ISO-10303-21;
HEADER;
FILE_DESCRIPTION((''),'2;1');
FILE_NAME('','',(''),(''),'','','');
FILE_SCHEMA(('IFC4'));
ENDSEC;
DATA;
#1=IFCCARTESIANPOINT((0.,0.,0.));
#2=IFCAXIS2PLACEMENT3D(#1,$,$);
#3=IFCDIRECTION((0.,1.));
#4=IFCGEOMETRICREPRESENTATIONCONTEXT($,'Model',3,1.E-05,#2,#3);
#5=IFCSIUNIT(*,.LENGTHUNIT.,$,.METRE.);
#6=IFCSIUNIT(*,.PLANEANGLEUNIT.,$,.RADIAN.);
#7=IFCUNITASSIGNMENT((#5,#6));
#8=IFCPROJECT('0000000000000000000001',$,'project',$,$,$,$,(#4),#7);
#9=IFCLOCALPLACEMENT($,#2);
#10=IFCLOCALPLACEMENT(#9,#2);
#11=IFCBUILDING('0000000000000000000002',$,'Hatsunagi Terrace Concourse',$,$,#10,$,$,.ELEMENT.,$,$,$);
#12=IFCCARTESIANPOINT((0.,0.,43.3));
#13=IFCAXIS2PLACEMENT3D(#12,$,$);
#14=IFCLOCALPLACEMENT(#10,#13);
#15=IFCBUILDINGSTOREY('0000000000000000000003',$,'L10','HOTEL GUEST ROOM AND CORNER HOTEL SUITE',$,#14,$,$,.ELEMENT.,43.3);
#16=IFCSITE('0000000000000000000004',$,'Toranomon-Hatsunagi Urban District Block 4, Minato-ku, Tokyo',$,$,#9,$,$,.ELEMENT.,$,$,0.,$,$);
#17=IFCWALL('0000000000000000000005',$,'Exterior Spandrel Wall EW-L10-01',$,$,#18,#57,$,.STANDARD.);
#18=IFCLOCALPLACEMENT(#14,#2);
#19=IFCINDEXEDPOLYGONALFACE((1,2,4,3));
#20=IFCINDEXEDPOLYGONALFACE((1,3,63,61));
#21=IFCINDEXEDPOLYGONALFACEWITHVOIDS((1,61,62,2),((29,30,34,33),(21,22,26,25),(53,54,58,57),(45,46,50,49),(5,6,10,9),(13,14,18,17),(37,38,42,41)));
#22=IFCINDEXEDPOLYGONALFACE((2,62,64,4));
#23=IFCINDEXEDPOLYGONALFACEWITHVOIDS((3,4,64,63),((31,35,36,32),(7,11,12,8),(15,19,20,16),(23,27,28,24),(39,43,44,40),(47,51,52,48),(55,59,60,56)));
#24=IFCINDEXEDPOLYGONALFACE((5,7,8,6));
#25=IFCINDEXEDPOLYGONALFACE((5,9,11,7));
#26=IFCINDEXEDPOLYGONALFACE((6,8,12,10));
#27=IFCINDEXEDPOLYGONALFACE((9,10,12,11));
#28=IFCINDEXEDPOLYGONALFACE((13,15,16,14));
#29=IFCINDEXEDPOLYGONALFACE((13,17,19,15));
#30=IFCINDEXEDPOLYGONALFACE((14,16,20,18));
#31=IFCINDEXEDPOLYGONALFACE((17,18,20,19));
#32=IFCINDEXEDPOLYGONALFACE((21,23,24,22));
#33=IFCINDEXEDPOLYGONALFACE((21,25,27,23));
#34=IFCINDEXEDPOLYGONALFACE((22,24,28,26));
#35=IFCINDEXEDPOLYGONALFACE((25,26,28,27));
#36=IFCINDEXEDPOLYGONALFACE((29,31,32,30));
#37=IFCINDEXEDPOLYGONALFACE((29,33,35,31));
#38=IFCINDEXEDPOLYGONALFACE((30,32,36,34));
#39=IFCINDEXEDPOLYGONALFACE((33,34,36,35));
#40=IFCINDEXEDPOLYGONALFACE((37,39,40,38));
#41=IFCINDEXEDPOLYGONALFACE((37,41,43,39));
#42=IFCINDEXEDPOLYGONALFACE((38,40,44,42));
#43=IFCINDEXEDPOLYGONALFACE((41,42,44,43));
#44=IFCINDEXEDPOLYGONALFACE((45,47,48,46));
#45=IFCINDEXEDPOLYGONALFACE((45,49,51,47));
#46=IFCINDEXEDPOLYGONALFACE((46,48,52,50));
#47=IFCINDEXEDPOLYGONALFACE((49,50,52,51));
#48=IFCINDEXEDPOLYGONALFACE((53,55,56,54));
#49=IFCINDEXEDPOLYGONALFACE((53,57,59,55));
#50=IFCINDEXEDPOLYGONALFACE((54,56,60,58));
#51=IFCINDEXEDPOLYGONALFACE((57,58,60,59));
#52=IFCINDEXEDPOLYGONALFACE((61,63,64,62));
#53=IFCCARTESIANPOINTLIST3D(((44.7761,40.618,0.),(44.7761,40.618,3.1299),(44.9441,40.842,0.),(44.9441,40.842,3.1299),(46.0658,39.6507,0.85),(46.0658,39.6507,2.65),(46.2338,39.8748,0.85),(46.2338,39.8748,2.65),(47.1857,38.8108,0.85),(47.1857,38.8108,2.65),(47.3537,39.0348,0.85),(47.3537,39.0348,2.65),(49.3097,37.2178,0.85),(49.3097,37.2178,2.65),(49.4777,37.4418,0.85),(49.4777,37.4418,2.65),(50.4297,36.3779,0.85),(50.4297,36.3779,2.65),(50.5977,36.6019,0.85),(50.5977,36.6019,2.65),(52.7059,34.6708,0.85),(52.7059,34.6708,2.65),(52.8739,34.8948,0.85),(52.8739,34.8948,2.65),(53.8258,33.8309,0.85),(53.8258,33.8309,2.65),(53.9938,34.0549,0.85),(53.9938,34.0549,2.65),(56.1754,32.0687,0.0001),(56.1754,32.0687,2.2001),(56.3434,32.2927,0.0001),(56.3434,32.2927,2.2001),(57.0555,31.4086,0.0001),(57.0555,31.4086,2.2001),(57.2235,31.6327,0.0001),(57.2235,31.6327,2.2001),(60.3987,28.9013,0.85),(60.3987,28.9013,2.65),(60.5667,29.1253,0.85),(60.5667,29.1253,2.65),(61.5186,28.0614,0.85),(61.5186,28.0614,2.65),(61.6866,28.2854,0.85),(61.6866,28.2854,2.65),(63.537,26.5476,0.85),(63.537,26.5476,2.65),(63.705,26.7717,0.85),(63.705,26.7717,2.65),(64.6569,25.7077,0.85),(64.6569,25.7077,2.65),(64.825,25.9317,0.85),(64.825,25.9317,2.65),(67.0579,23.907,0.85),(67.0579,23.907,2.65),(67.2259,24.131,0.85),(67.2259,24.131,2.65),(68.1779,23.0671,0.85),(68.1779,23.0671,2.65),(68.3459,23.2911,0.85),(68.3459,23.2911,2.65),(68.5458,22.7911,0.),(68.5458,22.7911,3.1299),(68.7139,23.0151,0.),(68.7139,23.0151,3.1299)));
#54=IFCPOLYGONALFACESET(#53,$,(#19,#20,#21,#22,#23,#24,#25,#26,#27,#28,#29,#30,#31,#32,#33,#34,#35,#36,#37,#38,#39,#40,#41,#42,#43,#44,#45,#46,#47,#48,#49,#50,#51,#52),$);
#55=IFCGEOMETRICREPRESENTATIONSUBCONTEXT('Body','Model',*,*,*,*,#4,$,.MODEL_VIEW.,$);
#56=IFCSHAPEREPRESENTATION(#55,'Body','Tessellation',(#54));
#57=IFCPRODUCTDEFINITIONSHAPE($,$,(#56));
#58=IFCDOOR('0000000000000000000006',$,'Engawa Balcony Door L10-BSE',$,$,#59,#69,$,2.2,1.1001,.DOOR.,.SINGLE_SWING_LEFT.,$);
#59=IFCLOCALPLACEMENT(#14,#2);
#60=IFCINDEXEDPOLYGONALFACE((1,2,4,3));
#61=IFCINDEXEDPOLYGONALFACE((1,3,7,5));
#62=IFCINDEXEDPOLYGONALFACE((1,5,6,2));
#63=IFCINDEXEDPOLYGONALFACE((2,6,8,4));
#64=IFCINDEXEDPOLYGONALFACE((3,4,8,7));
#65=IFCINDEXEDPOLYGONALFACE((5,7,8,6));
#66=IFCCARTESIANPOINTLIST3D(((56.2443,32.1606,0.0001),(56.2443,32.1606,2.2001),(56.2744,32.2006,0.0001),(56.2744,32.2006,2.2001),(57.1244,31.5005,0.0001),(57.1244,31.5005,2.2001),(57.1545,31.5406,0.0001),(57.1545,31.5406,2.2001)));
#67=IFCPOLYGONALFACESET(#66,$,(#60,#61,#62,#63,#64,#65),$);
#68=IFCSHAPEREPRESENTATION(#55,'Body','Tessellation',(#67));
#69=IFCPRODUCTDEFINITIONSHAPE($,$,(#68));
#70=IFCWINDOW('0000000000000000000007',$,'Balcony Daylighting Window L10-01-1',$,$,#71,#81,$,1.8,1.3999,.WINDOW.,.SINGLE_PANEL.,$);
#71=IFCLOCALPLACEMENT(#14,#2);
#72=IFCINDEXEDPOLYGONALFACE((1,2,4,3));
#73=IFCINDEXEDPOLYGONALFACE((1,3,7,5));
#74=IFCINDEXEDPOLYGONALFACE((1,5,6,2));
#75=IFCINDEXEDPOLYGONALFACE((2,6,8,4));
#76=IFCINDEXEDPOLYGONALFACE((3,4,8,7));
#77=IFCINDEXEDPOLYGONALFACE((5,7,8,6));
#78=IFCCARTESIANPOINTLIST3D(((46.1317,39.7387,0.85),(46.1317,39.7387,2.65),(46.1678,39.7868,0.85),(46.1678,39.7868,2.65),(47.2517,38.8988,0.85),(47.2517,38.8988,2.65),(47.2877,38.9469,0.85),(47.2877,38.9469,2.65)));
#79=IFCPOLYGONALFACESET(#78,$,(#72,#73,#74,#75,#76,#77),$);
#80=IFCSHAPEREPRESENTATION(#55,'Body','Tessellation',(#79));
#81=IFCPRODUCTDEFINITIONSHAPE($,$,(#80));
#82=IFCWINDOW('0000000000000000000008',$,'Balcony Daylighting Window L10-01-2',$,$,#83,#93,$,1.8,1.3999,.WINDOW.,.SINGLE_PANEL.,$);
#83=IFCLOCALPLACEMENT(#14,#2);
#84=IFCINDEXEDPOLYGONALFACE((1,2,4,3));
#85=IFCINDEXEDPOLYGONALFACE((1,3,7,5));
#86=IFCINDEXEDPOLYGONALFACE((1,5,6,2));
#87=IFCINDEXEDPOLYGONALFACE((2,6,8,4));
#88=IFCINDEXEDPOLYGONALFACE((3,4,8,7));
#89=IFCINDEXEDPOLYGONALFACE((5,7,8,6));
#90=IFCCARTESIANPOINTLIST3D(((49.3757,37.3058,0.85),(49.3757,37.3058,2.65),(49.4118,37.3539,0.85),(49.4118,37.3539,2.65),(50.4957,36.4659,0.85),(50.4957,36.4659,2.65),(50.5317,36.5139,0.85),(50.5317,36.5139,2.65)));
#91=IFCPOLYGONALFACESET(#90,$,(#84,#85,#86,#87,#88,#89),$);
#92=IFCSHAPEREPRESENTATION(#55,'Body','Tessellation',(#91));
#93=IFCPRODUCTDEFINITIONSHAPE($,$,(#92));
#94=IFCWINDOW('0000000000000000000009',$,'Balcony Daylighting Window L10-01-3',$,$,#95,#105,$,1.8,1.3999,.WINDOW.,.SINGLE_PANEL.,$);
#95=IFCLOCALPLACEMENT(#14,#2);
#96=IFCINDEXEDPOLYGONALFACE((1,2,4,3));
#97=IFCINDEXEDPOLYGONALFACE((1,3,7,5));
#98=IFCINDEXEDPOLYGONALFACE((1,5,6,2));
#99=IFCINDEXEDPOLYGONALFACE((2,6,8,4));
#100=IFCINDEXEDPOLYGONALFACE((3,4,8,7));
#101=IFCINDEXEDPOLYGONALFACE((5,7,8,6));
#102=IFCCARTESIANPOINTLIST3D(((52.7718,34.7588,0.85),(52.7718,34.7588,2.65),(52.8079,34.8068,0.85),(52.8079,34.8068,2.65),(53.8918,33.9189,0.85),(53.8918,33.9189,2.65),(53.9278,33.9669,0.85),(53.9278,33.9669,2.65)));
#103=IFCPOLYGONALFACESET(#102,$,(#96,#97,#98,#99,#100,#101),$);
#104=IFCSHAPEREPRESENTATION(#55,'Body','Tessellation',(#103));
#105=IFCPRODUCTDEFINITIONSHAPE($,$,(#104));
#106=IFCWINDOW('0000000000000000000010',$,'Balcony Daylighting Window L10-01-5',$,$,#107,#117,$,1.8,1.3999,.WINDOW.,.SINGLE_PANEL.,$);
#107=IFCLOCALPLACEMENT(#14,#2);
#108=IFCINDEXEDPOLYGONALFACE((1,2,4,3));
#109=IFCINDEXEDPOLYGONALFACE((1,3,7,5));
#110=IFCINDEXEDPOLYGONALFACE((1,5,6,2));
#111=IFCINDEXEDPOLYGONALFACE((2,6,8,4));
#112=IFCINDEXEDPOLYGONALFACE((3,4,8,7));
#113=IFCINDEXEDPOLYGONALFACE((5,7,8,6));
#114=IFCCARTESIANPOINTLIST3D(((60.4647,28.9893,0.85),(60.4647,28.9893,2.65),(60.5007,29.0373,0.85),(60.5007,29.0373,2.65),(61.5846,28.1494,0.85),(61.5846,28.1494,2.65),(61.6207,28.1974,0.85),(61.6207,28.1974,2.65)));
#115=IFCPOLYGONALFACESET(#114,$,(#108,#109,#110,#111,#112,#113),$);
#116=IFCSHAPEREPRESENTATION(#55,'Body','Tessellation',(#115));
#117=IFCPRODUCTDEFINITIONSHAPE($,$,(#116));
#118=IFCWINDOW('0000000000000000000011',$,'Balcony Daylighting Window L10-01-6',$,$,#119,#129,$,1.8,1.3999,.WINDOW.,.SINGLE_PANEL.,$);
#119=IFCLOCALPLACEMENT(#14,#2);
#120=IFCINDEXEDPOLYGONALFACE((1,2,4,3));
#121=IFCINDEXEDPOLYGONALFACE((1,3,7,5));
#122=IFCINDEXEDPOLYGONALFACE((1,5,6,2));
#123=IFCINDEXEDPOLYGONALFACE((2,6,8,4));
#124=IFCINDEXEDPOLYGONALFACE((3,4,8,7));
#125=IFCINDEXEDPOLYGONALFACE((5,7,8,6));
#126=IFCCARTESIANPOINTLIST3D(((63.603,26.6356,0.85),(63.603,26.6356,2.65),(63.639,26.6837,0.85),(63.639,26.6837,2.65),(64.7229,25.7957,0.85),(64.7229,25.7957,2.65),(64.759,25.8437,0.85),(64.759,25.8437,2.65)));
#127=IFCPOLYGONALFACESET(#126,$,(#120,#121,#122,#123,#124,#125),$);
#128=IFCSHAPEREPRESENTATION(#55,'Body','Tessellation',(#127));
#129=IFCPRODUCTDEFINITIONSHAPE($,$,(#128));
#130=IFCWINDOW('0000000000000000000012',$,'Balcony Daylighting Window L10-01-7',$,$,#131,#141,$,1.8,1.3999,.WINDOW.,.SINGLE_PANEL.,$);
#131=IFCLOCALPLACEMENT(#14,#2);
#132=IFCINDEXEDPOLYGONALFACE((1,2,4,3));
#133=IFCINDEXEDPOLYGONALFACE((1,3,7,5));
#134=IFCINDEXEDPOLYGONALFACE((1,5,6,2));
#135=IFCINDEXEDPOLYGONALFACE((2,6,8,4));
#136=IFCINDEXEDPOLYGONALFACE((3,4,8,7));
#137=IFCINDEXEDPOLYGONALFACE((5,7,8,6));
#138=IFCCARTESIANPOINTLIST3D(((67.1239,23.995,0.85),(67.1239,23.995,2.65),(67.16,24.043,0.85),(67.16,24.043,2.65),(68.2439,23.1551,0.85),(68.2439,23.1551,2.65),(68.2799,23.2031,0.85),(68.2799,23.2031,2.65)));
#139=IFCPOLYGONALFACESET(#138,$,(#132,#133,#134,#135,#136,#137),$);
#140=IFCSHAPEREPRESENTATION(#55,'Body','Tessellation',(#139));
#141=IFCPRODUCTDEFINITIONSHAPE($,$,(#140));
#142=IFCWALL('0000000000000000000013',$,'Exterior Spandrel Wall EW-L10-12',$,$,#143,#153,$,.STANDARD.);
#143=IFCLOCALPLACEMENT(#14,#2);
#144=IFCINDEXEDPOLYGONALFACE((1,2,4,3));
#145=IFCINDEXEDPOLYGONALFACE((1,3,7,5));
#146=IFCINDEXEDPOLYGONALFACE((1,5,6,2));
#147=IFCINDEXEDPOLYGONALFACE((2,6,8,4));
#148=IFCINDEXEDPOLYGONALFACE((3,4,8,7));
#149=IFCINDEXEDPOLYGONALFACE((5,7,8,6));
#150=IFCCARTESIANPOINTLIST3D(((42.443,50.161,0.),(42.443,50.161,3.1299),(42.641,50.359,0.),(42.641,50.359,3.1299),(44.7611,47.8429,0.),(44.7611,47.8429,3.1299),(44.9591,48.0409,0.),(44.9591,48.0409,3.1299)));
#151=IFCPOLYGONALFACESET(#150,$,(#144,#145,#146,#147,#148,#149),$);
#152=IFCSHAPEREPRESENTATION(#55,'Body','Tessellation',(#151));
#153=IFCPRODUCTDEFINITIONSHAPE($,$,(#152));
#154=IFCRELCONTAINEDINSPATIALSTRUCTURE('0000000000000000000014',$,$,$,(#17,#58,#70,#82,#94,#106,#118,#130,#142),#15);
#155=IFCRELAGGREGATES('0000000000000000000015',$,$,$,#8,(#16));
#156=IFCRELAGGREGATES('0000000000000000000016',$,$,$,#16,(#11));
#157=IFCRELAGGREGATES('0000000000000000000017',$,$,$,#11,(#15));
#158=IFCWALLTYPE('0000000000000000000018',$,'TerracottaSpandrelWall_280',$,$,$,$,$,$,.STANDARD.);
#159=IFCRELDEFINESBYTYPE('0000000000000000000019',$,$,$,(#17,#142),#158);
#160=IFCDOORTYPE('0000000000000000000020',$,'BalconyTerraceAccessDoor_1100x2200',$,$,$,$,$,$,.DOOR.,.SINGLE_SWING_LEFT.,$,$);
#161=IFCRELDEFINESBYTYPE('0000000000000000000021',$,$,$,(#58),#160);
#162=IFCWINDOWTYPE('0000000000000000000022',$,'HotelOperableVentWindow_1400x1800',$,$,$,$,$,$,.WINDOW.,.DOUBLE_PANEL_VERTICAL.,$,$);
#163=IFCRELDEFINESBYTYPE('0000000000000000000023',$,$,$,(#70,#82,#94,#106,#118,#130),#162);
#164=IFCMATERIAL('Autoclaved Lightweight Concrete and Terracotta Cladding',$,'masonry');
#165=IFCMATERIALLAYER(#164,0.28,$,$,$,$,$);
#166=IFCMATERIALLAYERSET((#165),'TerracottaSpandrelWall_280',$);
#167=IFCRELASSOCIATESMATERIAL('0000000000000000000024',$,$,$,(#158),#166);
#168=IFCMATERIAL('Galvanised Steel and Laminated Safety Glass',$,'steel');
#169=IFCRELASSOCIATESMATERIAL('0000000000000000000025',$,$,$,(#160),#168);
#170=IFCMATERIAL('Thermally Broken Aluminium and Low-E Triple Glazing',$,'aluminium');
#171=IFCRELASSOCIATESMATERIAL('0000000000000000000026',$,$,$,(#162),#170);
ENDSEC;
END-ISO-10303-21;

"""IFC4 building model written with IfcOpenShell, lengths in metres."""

from ifc_helpers import new_model, si_unit, direction, frame, frame_2d, origin, place, context, subcontext, project, spatial, rectangle, extrude, material, layer, layer_set, type_object, element, fill, save


model = new_model("IFC4")

# Units and contexts
model_context = context("Model", 3, precision=1e-05, world=origin(), true_north=direction((0.0, 1.0)))
body_context = subcontext(model_context, "Body", "Model", "MODEL_VIEW")
ifc_project = project(units=[si_unit("LENGTHUNIT", "METRE"), si_unit("PLANEANGLEUNIT", "RADIAN")], contexts=[model_context])

# Site, building, storey
site_placement = place(None, origin())
site = spatial("IfcSite", under=ifc_project, at=site_placement, Name="Toranomon-Hatsunagi Urban District Block 4, Minato-ku, Tokyo", CompositionType="ELEMENT", RefElevation=0.0)
building_placement = place(site_placement, origin())
building = spatial("IfcBuilding", under=site, at=building_placement, Name="Hatsunagi Terrace Concourse", CompositionType="ELEMENT")
storey_placement = place(building_placement, frame((0.0, 0.0, 43.3)))
storey = spatial("IfcBuildingStorey", under=building, at=storey_placement, Name="L10", Description="HOTEL GUEST ROOM AND CORNER HOTEL SUITE", CompositionType="ELEMENT", Elevation=43.3)

# Wall, openings, door, windows
ifc_material_1 = material(Name="Autoclaved Lightweight Concrete and Terracotta Cladding", Category="masonry")
ifc_layer_1 = layer(ifc_material_1, 0.28)
ifc_layer_set_1 = layer_set([ifc_layer_1], Name="TerracottaSpandrelWall_280")
wall_type_1 = type_object("IfcWallType", Name="TerracottaSpandrelWall_280", PredefinedType="STANDARD", material=ifc_layer_set_1)
wall_1_placement = place(storey_placement, frame((44.8601, 40.73, 0.0), z_axis=(0.0, 0.0, 1.0), x_axis=(0.800007, -0.599991, 0.0)))
wall_1 = element("IfcWall", 1, at=wall_1_placement, inside=storey, type_object=wall_type_1, Name="Exterior Spandrel Wall EW-L10-01", PredefinedType="STANDARD", context=body_context, shape_type="SweptSolid", body=[
    extrude(rectangle(XDim=29.7119, YDim=0.28, at=frame_2d((14.856, 0.0))), origin(), (0.0, 0.0, 1.0), 3.1299),
])
opening_1_placement = place(wall_1_placement, frame((14.249, 0.0, 0.0)))
opening_1 = element("IfcOpeningElement", 2, at=opening_1_placement, cuts=wall_1, PredefinedType="OPENING", context=body_context, shape_type="SweptSolid", body=[
    extrude(rectangle(XDim=1.1001, YDim=2.2, at=frame_2d((0.55, 1.1001))), frame((0.0, 0.1499, 0.0), z_axis=(0.0, -1.0, 0.0), x_axis=(1.0, 0.0, 0.0)), (0.0, 0.0, 1.0), 0.3),
])
opening_2_placement = place(wall_1_placement, frame((1.6121, 0.0, 0.8501)))
opening_2 = element("IfcOpeningElement", 3, at=opening_2_placement, cuts=wall_1, PredefinedType="OPENING", context=body_context, shape_type="SweptSolid", body=[
    extrude(rectangle(XDim=1.3999, YDim=1.8, at=frame_2d((0.7, 0.8999))), frame((0.0, 0.1499, 0.0), z_axis=(0.0, -1.0, 0.0), x_axis=(1.0, 0.0, 0.0)), (0.0, 0.0, 1.0), 0.3),
])
opening_3_placement = place(wall_1_placement, frame((5.667, 0.0, 0.8501)))
opening_3 = element("IfcOpeningElement", 4, at=opening_3_placement, cuts=wall_1, PredefinedType="OPENING", context=body_context, shape_type="SweptSolid", body=[
    extrude(rectangle(XDim=1.3999, YDim=1.8, at=frame_2d((0.7, 0.8999))), frame((0.0, 0.1499, 0.0), z_axis=(0.0, -1.0, 0.0), x_axis=(1.0, 0.0, 0.0)), (0.0, 0.0, 1.0), 0.3),
])
opening_4_placement = place(wall_1_placement, frame((9.9121, 0.0, 0.8501)))
opening_4 = element("IfcOpeningElement", 5, at=opening_4_placement, cuts=wall_1, PredefinedType="OPENING", context=body_context, shape_type="SweptSolid", body=[
    extrude(rectangle(XDim=1.3999, YDim=1.8, at=frame_2d((0.7, 0.8999))), frame((0.0, 0.1499, 0.0), z_axis=(0.0, -1.0, 0.0), x_axis=(1.0, 0.0, 0.0)), (0.0, 0.0, 1.0), 0.3),
])
opening_5_placement = place(wall_1_placement, frame((19.5281, 0.0, 0.8501)))
opening_5 = element("IfcOpeningElement", 6, at=opening_5_placement, cuts=wall_1, PredefinedType="OPENING", context=body_context, shape_type="SweptSolid", body=[
    extrude(rectangle(XDim=1.3999, YDim=1.8, at=frame_2d((0.7, 0.8999))), frame((0.0, 0.1499, 0.0), z_axis=(0.0, -1.0, 0.0), x_axis=(1.0, 0.0, 0.0)), (0.0, 0.0, 1.0), 0.3),
])
opening_6_placement = place(wall_1_placement, frame((23.4509, 0.0, 0.8501)))
opening_6 = element("IfcOpeningElement", 7, at=opening_6_placement, cuts=wall_1, PredefinedType="OPENING", context=body_context, shape_type="SweptSolid", body=[
    extrude(rectangle(XDim=1.3999, YDim=1.8, at=frame_2d((0.7, 0.8999))), frame((0.0, 0.1499, 0.0), z_axis=(0.0, -1.0, 0.0), x_axis=(1.0, 0.0, 0.0)), (0.0, 0.0, 1.0), 0.3),
])
opening_7_placement = place(wall_1_placement, frame((27.8521, 0.0, 0.8501)))
opening_7 = element("IfcOpeningElement", 8, at=opening_7_placement, cuts=wall_1, PredefinedType="OPENING", context=body_context, shape_type="SweptSolid", body=[
    extrude(rectangle(XDim=1.3999, YDim=1.8, at=frame_2d((0.7, 0.8999))), frame((0.0, 0.1499, 0.0), z_axis=(0.0, -1.0, 0.0), x_axis=(1.0, 0.0, 0.0)), (0.0, 0.0, 1.0), 0.3),
])
ifc_material_2 = material(Name="Galvanised Steel and Laminated Safety Glass", Category="steel")
door_type = type_object("IfcDoorType", Name="BalconyTerraceAccessDoor_1100x2200", OperationType="SINGLE_SWING_LEFT", PredefinedType="DOOR", material=ifc_material_2)
door_placement = place(opening_1_placement, origin())
door = element("IfcDoor", 9, at=door_placement, inside=storey, type_object=door_type, Name="Engawa Balcony Door L10-BSE", OperationType="SINGLE_SWING_LEFT", OverallHeight=2.2, OverallWidth=1.1001, PredefinedType="DOOR", context=body_context, shape_type="SweptSolid", body=[
    extrude(rectangle(XDim=1.1001, YDim=2.2, at=frame_2d((0.55, 1.1001))), frame((0.0, 0.0249, 0.0), z_axis=(0.0, -1.0, 0.0), x_axis=(1.0, 0.0, 0.0)), (0.0, 0.0, 1.0), 0.05),
])
fill(opening_1, door)
ifc_material_3 = material(Name="Thermally Broken Aluminium and Low-E Triple Glazing", Category="aluminium")
window_type = type_object("IfcWindowType", Name="HotelOperableVentWindow_1400x1800", PartitioningType="DOUBLE_PANEL_VERTICAL", PredefinedType="WINDOW", material=ifc_material_3)
window_1_placement = place(opening_2_placement, origin())
window_1 = element("IfcWindow", 10, at=window_1_placement, inside=storey, type_object=window_type, Name="Balcony Daylighting Window L10-01-1", OverallHeight=1.8, OverallWidth=1.3999, PartitioningType="SINGLE_PANEL", PredefinedType="WINDOW", context=body_context, shape_type="SweptSolid", body=[
    extrude(rectangle(XDim=1.3999, YDim=1.8, at=frame_2d((0.7, 0.8999))), frame((0.0, 0.03, 0.0), z_axis=(0.0, -1.0, 0.0), x_axis=(1.0, 0.0, 0.0)), (0.0, 0.0, 1.0), 0.0601),
])
fill(opening_2, window_1)
window_2_placement = place(opening_3_placement, origin())
window_2 = element("IfcWindow", 11, at=window_2_placement, inside=storey, type_object=window_type, Name="Balcony Daylighting Window L10-01-2", OverallHeight=1.8, OverallWidth=1.3999, PartitioningType="SINGLE_PANEL", PredefinedType="WINDOW", context=body_context, shape_type="SweptSolid", body=[
    extrude(rectangle(XDim=1.3999, YDim=1.8, at=frame_2d((0.7, 0.8999))), frame((0.0, 0.03, 0.0), z_axis=(0.0, -1.0, 0.0), x_axis=(1.0, 0.0, 0.0)), (0.0, 0.0, 1.0), 0.0601),
])
fill(opening_3, window_2)
window_3_placement = place(opening_4_placement, origin())
window_3 = element("IfcWindow", 12, at=window_3_placement, inside=storey, type_object=window_type, Name="Balcony Daylighting Window L10-01-3", OverallHeight=1.8, OverallWidth=1.3999, PartitioningType="SINGLE_PANEL", PredefinedType="WINDOW", context=body_context, shape_type="SweptSolid", body=[
    extrude(rectangle(XDim=1.3999, YDim=1.8, at=frame_2d((0.7, 0.8999))), frame((0.0, 0.03, 0.0), z_axis=(0.0, -1.0, 0.0), x_axis=(1.0, 0.0, 0.0)), (0.0, 0.0, 1.0), 0.0601),
])
fill(opening_4, window_3)
window_4_placement = place(opening_5_placement, origin())
window_4 = element("IfcWindow", 13, at=window_4_placement, inside=storey, type_object=window_type, Name="Balcony Daylighting Window L10-01-5", OverallHeight=1.8, OverallWidth=1.3999, PartitioningType="SINGLE_PANEL", PredefinedType="WINDOW", context=body_context, shape_type="SweptSolid", body=[
    extrude(rectangle(XDim=1.3999, YDim=1.8, at=frame_2d((0.7, 0.8999))), frame((0.0, 0.03, 0.0), z_axis=(0.0, -1.0, 0.0), x_axis=(1.0, 0.0, 0.0)), (0.0, 0.0, 1.0), 0.0601),
])
fill(opening_5, window_4)
window_5_placement = place(opening_6_placement, origin())
window_5 = element("IfcWindow", 14, at=window_5_placement, inside=storey, type_object=window_type, Name="Balcony Daylighting Window L10-01-6", OverallHeight=1.8, OverallWidth=1.3999, PartitioningType="SINGLE_PANEL", PredefinedType="WINDOW", context=body_context, shape_type="SweptSolid", body=[
    extrude(rectangle(XDim=1.3999, YDim=1.8, at=frame_2d((0.7, 0.8999))), frame((0.0, 0.03, 0.0), z_axis=(0.0, -1.0, 0.0), x_axis=(1.0, 0.0, 0.0)), (0.0, 0.0, 1.0), 0.0601),
])
fill(opening_6, window_5)
window_6_placement = place(opening_7_placement, origin())
window_6 = element("IfcWindow", 15, at=window_6_placement, inside=storey, type_object=window_type, Name="Balcony Daylighting Window L10-01-7", OverallHeight=1.8, OverallWidth=1.3999, PartitioningType="SINGLE_PANEL", PredefinedType="WINDOW", context=body_context, shape_type="SweptSolid", body=[
    extrude(rectangle(XDim=1.3999, YDim=1.8, at=frame_2d((0.7, 0.8999))), frame((0.0, 0.03, 0.0), z_axis=(0.0, -1.0, 0.0), x_axis=(1.0, 0.0, 0.0)), (0.0, 0.0, 1.0), 0.0601),
])
fill(opening_7, window_6)

# Wall
wall_2_placement = place(storey_placement, frame((42.542, 50.26, 0.0), z_axis=(0.0, 0.0, 1.0), x_axis=(0.707107, -0.707107, 0.0)))
element("IfcWall", 16, at=wall_2_placement, inside=storey, type_object=wall_type_1, Name="Exterior Spandrel Wall EW-L10-12", PredefinedType="STANDARD", context=body_context, shape_type="SweptSolid", body=[
    extrude(rectangle(XDim=3.2783, YDim=0.28, at=frame_2d((1.6392, 0.0))), origin(), (0.0, 0.0, 1.0), 3.1299),
])

save(model, "model.ifc")
